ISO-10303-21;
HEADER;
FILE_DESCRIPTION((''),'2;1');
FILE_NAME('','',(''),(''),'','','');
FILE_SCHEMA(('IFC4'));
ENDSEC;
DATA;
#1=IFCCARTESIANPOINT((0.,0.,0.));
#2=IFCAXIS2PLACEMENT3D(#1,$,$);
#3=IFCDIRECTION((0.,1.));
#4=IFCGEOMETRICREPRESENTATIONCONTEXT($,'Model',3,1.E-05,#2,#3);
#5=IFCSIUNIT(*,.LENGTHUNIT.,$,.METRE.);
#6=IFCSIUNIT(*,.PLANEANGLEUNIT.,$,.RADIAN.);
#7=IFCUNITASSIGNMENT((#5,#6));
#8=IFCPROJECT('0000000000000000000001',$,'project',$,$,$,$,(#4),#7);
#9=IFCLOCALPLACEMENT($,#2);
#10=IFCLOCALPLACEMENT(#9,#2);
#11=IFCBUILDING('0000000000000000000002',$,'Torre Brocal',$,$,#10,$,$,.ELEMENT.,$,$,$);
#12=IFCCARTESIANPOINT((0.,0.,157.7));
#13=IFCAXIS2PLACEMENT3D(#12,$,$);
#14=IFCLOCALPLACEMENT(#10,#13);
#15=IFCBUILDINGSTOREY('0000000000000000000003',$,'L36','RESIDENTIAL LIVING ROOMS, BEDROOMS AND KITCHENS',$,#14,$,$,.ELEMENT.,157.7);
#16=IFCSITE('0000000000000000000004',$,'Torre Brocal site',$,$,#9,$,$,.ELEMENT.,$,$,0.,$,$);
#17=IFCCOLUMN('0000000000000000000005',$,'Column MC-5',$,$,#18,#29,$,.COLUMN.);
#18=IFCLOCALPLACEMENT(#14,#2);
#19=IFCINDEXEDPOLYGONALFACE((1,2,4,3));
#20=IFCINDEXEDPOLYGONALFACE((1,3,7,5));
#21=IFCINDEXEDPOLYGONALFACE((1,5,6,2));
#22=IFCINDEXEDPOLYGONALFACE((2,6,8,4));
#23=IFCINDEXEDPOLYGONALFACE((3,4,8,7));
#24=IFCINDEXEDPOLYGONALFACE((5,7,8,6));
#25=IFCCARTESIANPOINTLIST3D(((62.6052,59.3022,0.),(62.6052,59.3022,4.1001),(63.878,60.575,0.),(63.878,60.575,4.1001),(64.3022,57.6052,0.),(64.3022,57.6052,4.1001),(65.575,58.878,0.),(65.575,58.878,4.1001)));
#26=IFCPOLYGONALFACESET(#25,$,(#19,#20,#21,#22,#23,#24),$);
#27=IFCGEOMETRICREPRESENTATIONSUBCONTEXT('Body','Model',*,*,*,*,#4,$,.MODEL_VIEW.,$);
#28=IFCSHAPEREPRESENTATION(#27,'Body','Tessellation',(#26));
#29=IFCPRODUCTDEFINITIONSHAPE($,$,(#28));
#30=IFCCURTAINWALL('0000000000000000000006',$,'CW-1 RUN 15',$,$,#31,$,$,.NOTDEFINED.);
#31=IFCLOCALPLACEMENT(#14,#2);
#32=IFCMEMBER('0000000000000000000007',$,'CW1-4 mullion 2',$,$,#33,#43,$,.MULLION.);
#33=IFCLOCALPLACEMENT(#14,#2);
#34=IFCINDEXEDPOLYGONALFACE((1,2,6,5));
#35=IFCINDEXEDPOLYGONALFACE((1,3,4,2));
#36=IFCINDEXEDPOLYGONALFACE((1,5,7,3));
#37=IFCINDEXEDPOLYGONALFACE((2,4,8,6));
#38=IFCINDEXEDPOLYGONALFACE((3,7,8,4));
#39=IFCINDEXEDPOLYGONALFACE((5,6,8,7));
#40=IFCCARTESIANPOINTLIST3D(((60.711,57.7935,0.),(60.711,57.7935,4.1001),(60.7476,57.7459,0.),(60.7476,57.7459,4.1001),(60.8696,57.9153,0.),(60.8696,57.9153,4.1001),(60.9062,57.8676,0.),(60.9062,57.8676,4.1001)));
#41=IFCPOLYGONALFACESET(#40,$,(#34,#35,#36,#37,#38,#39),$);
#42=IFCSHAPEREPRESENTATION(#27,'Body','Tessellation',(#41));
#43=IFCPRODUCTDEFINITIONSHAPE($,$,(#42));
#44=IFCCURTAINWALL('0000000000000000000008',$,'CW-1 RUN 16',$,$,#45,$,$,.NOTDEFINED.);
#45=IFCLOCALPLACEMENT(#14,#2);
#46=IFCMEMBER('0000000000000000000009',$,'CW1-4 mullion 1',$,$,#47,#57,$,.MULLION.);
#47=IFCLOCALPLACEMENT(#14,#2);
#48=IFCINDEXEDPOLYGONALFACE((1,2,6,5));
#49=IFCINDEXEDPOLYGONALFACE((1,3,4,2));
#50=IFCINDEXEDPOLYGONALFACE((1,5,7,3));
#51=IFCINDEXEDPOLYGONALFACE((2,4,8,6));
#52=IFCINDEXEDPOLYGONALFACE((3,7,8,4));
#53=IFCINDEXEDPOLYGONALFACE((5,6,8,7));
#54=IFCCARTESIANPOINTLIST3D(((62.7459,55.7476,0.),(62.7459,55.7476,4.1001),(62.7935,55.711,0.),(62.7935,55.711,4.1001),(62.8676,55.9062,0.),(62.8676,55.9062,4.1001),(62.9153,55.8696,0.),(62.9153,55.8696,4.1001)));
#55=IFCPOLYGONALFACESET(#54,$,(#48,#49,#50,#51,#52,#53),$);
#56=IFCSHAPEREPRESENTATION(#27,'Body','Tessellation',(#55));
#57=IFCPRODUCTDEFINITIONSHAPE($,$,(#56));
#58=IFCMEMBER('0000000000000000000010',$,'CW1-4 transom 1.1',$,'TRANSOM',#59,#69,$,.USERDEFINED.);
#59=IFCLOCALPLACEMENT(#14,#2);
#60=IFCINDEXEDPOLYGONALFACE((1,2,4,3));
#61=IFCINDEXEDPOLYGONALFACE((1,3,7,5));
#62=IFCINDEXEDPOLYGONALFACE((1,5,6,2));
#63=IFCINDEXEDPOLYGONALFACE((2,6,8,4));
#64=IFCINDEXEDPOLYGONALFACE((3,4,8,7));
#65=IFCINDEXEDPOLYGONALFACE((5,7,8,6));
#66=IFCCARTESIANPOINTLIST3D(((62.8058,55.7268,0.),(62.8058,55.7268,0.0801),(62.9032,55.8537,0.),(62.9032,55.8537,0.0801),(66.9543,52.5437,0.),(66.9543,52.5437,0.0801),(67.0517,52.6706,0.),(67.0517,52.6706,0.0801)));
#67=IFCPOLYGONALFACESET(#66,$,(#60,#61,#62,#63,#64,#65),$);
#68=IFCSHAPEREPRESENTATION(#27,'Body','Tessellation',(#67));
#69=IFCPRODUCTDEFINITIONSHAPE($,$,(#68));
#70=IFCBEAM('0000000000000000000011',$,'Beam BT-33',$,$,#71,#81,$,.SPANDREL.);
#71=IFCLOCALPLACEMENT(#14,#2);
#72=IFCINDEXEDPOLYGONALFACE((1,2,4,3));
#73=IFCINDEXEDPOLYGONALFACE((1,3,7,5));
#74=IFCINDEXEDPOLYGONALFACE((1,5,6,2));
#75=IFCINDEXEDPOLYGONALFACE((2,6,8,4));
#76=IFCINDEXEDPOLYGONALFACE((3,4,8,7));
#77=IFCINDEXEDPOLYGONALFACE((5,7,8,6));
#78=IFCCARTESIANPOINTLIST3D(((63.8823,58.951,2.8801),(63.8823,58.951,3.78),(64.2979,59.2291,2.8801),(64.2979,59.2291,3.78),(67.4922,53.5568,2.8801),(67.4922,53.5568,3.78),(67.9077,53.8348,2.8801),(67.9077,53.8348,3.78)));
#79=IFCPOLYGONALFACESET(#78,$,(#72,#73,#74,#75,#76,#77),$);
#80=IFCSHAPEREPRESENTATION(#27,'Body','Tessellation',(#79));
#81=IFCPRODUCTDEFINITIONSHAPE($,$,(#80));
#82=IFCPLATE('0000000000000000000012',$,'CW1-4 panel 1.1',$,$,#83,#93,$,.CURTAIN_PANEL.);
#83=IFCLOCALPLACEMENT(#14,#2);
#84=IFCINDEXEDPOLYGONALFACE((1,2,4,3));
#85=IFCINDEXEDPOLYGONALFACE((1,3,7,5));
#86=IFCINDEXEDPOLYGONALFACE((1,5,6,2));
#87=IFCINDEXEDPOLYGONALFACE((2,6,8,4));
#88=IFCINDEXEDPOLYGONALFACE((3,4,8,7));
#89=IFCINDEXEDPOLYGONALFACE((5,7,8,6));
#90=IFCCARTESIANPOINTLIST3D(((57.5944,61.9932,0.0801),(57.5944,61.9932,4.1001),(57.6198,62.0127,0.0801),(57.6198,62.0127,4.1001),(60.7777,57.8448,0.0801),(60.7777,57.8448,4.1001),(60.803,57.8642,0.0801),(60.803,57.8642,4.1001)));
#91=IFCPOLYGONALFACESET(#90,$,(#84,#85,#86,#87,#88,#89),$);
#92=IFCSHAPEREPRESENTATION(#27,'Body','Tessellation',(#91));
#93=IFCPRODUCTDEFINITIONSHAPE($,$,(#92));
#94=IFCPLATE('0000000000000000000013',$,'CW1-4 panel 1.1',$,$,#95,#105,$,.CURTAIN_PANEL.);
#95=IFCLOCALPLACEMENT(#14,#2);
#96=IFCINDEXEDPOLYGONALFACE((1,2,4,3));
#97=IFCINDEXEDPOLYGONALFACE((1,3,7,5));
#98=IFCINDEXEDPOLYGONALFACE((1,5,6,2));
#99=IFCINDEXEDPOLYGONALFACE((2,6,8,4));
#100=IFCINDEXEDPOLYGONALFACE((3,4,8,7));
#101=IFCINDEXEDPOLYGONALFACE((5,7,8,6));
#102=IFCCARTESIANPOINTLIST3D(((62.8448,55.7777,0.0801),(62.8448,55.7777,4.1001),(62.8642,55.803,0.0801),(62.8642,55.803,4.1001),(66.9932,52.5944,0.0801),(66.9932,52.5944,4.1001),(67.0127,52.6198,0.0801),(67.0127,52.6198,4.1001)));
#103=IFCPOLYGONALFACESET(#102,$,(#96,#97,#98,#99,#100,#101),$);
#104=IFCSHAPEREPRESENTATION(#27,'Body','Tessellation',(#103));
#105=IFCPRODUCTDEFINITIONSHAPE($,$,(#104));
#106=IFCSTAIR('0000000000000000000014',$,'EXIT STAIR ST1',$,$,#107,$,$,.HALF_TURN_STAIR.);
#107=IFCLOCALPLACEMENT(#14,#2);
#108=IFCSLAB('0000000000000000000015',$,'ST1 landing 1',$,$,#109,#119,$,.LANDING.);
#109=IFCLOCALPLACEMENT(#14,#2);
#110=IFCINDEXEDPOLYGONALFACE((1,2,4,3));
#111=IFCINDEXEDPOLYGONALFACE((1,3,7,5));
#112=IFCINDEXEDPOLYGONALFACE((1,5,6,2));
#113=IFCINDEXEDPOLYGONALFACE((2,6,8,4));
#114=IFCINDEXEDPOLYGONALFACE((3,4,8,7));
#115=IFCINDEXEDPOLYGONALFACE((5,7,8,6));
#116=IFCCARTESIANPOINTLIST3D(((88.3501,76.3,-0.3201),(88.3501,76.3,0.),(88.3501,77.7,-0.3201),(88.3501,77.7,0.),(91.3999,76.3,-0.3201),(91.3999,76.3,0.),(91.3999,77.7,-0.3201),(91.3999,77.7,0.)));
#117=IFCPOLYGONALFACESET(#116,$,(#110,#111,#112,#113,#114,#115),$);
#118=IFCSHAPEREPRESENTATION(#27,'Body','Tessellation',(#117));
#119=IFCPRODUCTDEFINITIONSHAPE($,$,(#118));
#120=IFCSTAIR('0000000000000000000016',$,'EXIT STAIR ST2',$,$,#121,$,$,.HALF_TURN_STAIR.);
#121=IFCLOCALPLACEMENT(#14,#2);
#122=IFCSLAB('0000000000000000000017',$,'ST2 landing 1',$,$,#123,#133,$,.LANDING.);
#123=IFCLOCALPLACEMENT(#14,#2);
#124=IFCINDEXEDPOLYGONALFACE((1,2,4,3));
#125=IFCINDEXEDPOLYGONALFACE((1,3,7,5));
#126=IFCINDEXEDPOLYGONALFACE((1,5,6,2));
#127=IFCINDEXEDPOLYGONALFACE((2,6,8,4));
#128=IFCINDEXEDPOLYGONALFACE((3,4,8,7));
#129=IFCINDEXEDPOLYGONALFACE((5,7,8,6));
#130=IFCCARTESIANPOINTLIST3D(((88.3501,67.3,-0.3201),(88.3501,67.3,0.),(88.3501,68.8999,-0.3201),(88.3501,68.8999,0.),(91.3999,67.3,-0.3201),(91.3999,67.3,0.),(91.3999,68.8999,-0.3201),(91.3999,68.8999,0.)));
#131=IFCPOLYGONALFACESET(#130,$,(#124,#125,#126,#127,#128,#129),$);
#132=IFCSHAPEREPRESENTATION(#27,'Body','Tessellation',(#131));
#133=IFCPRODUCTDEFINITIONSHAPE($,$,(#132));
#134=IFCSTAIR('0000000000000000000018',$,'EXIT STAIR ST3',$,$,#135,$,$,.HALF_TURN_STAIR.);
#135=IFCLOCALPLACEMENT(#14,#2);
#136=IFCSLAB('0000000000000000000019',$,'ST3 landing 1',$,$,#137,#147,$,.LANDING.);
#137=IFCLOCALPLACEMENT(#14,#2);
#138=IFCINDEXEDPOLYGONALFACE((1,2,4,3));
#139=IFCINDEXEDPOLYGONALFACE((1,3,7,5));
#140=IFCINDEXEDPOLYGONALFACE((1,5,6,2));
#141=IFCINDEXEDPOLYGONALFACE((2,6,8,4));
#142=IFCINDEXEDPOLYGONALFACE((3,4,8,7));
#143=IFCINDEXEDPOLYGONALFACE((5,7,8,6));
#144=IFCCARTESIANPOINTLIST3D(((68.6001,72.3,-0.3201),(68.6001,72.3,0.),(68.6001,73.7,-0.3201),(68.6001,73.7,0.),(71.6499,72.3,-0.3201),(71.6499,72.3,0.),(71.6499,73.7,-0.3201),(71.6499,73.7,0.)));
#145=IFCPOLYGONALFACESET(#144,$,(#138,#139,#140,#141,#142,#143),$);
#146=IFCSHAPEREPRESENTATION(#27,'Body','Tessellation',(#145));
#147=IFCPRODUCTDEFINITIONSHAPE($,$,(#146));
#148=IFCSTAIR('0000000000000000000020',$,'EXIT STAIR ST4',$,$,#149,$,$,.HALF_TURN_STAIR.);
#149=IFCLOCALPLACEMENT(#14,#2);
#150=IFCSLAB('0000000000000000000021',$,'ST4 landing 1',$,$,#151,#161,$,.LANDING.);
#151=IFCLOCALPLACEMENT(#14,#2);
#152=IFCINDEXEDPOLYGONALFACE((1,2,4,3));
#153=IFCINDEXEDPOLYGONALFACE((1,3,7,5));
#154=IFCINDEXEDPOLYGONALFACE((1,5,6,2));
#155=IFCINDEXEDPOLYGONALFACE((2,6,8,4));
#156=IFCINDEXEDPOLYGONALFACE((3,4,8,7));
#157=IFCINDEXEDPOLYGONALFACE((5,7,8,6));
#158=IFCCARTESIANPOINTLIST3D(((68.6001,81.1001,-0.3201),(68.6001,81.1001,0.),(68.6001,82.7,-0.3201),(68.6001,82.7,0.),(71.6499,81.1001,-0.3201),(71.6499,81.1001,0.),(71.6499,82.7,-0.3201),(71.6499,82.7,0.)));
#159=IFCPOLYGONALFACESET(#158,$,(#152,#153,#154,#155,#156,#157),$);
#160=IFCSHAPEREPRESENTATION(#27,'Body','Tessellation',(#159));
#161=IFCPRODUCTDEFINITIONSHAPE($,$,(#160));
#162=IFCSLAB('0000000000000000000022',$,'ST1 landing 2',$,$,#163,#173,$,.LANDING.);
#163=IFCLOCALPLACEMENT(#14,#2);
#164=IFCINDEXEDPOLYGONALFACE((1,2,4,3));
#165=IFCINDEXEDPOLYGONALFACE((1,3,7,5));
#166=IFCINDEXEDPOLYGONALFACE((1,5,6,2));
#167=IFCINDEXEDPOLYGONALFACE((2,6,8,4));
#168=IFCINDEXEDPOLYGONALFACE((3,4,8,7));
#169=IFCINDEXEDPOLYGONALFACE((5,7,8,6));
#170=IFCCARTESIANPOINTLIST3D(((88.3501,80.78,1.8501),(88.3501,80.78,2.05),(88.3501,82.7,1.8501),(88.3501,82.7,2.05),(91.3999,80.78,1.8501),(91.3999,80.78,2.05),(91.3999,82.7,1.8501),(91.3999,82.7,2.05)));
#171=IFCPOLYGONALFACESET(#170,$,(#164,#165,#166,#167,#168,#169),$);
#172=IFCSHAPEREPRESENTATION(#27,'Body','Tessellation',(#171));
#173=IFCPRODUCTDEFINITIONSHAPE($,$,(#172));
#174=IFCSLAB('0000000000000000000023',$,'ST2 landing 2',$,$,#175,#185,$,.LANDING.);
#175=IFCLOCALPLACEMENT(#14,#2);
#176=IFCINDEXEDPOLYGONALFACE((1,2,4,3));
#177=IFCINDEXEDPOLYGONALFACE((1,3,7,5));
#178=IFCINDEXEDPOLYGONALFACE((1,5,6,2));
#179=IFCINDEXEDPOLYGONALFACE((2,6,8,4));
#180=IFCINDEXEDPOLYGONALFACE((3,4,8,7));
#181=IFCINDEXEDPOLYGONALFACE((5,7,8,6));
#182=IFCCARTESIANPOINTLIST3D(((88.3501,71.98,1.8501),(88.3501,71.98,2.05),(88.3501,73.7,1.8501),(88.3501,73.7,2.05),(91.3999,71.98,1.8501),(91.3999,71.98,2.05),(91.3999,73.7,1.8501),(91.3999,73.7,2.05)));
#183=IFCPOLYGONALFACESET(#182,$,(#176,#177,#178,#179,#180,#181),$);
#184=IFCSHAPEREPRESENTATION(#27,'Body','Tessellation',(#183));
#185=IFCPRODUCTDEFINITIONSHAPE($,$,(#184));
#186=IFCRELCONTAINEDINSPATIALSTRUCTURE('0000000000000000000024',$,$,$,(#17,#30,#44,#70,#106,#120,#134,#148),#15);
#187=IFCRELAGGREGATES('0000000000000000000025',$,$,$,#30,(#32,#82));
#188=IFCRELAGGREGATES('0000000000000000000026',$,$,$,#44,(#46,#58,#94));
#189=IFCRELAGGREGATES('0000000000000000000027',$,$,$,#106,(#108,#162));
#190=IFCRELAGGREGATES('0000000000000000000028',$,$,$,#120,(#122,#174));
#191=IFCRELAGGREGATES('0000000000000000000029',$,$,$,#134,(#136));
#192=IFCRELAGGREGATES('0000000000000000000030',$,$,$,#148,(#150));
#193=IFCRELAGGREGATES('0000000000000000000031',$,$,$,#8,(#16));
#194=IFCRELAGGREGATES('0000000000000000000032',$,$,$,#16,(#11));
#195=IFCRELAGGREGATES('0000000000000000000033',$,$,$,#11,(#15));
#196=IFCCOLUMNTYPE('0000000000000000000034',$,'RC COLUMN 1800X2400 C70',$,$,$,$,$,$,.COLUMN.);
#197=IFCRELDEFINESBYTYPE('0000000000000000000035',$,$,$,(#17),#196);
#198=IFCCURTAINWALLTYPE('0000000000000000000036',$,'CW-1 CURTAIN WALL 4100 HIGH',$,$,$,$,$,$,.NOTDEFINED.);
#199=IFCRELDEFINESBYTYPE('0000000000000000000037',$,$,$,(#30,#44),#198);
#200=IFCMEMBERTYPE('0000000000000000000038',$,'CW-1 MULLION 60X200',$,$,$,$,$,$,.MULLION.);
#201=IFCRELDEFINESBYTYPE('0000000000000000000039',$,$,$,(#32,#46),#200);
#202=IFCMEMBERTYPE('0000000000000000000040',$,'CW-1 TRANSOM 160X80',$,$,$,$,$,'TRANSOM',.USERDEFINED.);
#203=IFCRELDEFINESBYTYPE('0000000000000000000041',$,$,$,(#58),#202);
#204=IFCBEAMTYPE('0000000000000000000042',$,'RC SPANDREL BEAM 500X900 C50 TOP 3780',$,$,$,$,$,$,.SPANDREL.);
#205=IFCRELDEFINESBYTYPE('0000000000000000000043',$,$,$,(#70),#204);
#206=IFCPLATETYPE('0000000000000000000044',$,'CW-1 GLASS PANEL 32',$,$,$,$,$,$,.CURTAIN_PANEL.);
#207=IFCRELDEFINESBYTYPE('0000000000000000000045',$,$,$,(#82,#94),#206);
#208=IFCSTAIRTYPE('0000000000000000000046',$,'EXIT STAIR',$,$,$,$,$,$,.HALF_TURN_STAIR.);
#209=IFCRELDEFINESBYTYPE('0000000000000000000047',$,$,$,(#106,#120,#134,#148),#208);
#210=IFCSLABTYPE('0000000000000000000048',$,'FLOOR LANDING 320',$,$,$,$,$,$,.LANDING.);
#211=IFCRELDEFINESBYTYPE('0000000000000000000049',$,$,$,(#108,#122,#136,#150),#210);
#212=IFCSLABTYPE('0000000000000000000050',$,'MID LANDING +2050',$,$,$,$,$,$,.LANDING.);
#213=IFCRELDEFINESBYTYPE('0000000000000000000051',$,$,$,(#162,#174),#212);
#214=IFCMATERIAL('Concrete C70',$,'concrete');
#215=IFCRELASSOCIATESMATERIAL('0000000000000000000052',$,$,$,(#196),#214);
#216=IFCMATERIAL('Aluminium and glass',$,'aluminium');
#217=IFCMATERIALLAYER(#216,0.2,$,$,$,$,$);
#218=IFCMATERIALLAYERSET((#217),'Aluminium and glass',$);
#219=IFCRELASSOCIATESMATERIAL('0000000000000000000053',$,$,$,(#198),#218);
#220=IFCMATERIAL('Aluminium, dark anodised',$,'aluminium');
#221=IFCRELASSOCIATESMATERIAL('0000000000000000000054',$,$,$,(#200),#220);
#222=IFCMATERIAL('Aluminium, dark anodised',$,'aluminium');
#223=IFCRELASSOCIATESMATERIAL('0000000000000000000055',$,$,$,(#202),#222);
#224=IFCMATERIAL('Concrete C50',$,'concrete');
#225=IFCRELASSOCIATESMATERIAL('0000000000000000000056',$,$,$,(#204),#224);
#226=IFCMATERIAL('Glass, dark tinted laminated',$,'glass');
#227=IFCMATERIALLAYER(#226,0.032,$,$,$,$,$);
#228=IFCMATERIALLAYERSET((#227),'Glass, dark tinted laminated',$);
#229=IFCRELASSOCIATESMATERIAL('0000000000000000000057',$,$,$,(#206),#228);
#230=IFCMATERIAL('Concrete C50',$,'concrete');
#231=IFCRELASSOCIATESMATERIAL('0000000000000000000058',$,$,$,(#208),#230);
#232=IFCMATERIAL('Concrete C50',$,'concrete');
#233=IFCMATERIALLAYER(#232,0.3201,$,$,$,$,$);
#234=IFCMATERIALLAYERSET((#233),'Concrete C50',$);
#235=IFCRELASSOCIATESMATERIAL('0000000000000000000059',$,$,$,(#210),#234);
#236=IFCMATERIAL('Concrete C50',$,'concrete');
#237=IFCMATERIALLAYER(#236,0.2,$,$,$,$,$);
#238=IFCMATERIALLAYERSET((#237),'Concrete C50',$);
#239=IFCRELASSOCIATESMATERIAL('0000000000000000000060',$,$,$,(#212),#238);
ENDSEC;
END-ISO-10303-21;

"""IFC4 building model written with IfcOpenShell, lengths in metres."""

from ifc_helpers import new_model, si_unit, direction, frame, origin, origin_2d, place, context, subcontext, project, spatial, polyline, rectangle, outline, extrude, material, layer, layer_set, material_profile, profile_set, type_object, element, aggregate, save


model = new_model("IFC4")

# Units and contexts
model_context = context("Model", 3, precision=1e-05, world=origin(), true_north=direction((0.0, 1.0)))
body_context = subcontext(model_context, "Body", "Model", "MODEL_VIEW")
ifc_project = project(units=[si_unit("LENGTHUNIT", "METRE"), si_unit("PLANEANGLEUNIT", "RADIAN")], contexts=[model_context])

# Site, building, storey
site_placement = place(None, origin())
site = spatial("IfcSite", under=ifc_project, at=site_placement, Name="Torre Brocal site", CompositionType="ELEMENT", RefElevation=0.0)
building_placement = place(site_placement, origin())
building = spatial("IfcBuilding", under=site, at=building_placement, Name="Torre Brocal", CompositionType="ELEMENT")
storey_placement = place(building_placement, frame((0.0, 0.0, 157.7)))
storey = spatial("IfcBuildingStorey", under=building, at=storey_placement, Name="L36", Description="RESIDENTIAL LIVING ROOMS, BEDROOMS AND KITCHENS", CompositionType="ELEMENT", Elevation=157.7)

# Column
ifc_material_1 = material(Name="Concrete C70", Category="concrete")
ifc_material_profile_1 = material_profile(ifc_material_1, rectangle(XDim=1.8, YDim=2.3999, at=origin_2d()), Name="RC 1800X2400")
ifc_profile_set_1 = profile_set([ifc_material_profile_1], Name="Concrete C70")
column_type = type_object("IfcColumnType", Name="RC COLUMN 1800X2400 C70", PredefinedType="COLUMN", material=ifc_profile_set_1)
column_placement = place(storey_placement, frame((64.0901, 59.0901, 0.0), z_axis=(0.0, 0.0, 1.0), x_axis=(-0.707107, -0.707107, 0.0)))
element("IfcColumn", 1, at=column_placement, inside=storey, type_object=column_type, Name="Column MC-5", PredefinedType="COLUMN", context=body_context, shape_type="SweptSolid", body=[
    extrude(rectangle(XDim=1.8, YDim=2.3999, at=origin_2d()), origin(), (0.0, 0.0, 1.0), 4.1001),
])

# Curtain wall, member
ifc_material_2 = material(Name="Aluminium and glass", Category="aluminium")
ifc_layer_1 = layer(ifc_material_2, 0.2)
ifc_layer_set_1 = layer_set([ifc_layer_1], Name="Aluminium and glass")
curtain_wall_type = type_object("IfcCurtainWallType", Name="CW-1 CURTAIN WALL 4100 HIGH", PredefinedType="NOTDEFINED", material=ifc_layer_set_1)
curtain_wall_1_placement = place(storey_placement, origin())
curtain_wall_1 = element("IfcCurtainWall", 2, at=curtain_wall_1_placement, inside=storey, type_object=curtain_wall_type, Name="CW-1 RUN 15", PredefinedType="NOTDEFINED")
ifc_material_3 = material(Name="Aluminium, dark anodised", Category="aluminium")
ifc_material_profile_2 = material_profile(ifc_material_3, rectangle(XDim=0.2, YDim=0.0601, at=origin_2d()), Name="CW-1 MULLION 60X200")
ifc_profile_set_2 = profile_set([ifc_material_profile_2], Name="Aluminium, dark anodised")
member_type_1 = type_object("IfcMemberType", Name="CW-1 MULLION 60X200", PredefinedType="MULLION", material=ifc_profile_set_2)
member_1_placement = place(storey_placement, frame((60.8086, 57.8306, 0.0), z_axis=(0.0, 0.0, 1.0), x_axis=(0.793353, 0.608761, 0.0)))
member_1 = element("IfcMember", 3, at=member_1_placement, type_object=member_type_1, Name="CW1-4 mullion 2", PredefinedType="MULLION", context=body_context, shape_type="SweptSolid", body=[
    extrude(rectangle(XDim=0.2, YDim=0.0601, at=origin_2d()), origin(), (0.0, 0.0, 1.0), 4.1001),
])

# Curtain wall, members
curtain_wall_2_placement = place(storey_placement, origin())
curtain_wall_2 = element("IfcCurtainWall", 4, at=curtain_wall_2_placement, inside=storey, type_object=curtain_wall_type, Name="CW-1 RUN 16", PredefinedType="NOTDEFINED")
member_2_placement = place(storey_placement, frame((62.8306, 55.8086, 0.0), z_axis=(0.0, 0.0, 1.0), x_axis=(0.608761, 0.793353, 0.0)))
member_2 = element("IfcMember", 5, at=member_2_placement, type_object=member_type_1, Name="CW1-4 mullion 1", PredefinedType="MULLION", context=body_context, shape_type="SweptSolid", body=[
    extrude(rectangle(XDim=0.2, YDim=0.0601, at=origin_2d()), origin(), (0.0, 0.0, 1.0), 4.1001),
])
ifc_material_4 = material(Name="Aluminium, dark anodised", Category="aluminium")
ifc_material_profile_3 = material_profile(ifc_material_4, rectangle(XDim=0.1599, YDim=0.0801, at=origin_2d()), Name="CW-1 TRANSOM 160X80")
ifc_profile_set_3 = profile_set([ifc_material_profile_3], Name="Aluminium, dark anodised")
member_type_2 = type_object("IfcMemberType", Name="CW-1 TRANSOM 160X80", ElementType="TRANSOM", PredefinedType="USERDEFINED", material=ifc_profile_set_3)
member_3_placement = place(storey_placement, frame((62.8545, 55.7903, 0.04), z_axis=(0.793363, -0.608749, 0.0), x_axis=(0.608749, 0.793363, 0.0)))
member_3 = element("IfcMember", 6, at=member_3_placement, type_object=member_type_2, Name="CW1-4 transom 1.1", ObjectType="TRANSOM", PredefinedType="USERDEFINED", context=body_context, shape_type="SweptSolid", body=[
    extrude(rectangle(XDim=0.1599, YDim=0.0801, at=origin_2d()), origin(), (0.0, 0.0, 1.0), 5.229),
])

# Beam
ifc_material_5 = material(Name="Concrete C50", Category="concrete")
ifc_material_profile_4 = material_profile(ifc_material_5, rectangle(XDim=0.5, YDim=0.8999, at=origin_2d()), Name="RC 500X900")
ifc_profile_set_4 = profile_set([ifc_material_profile_4], Name="Concrete C50")
beam_type = type_object("IfcBeamType", Name="RC SPANDREL BEAM 500X900 C50 TOP 3780", PredefinedType="SPANDREL", material=ifc_profile_set_4)
beam_placement = place(storey_placement, frame((64.0901, 59.0901, 3.3301), z_axis=(0.556158, -0.831077, 0.0), x_axis=(0.831077, 0.556158, 0.0)))
element("IfcBeam", 7, at=beam_placement, inside=storey, type_object=beam_type, Name="Beam BT-33", PredefinedType="SPANDREL", context=body_context, shape_type="SweptSolid", body=[
    extrude(rectangle(XDim=0.5, YDim=0.8999, at=origin_2d()), origin(), (0.0, 0.0, 1.0), 6.4907),
])

# Plates
ifc_material_6 = material(Name="Glass, dark tinted laminated", Category="glass")
ifc_layer_2 = layer(ifc_material_6, 0.032)
ifc_layer_set_2 = layer_set([ifc_layer_2], Name="Glass, dark tinted laminated")
plate_type = type_object("IfcPlateType", Name="CW-1 GLASS PANEL 32", PredefinedType="CURTAIN_PANEL", material=ifc_layer_set_2)
plate_1_placement = place(storey_placement, frame((59.1987, 59.9287, 0.0801), z_axis=(0.0, 0.0, 1.0), x_axis=(0.608761, -0.793353, 0.0)))
plate_1 = element("IfcPlate", 8, at=plate_1_placement, type_object=plate_type, Name="CW1-4 panel 1.1", PredefinedType="CURTAIN_PANEL", context=body_context, shape_type="SweptSolid", body=[
    extrude(rectangle(XDim=5.229, YDim=0.032, at=origin_2d()), origin(), (0.0, 0.0, 1.0), 4.02),
])
aggregate(curtain_wall_1, [member_1, plate_1])
plate_2_placement = place(storey_placement, frame((64.9287, 54.1987, 0.0801), z_axis=(0.0, 0.0, 1.0), x_axis=(0.793353, -0.608761, 0.0)))
plate_2 = element("IfcPlate", 9, at=plate_2_placement, type_object=plate_type, Name="CW1-4 panel 1.1", PredefinedType="CURTAIN_PANEL", context=body_context, shape_type="SweptSolid", body=[
    extrude(rectangle(XDim=5.229, YDim=0.032, at=origin_2d()), origin(), (0.0, 0.0, 1.0), 4.02),
])
aggregate(curtain_wall_2, [member_2, member_3, plate_2])

# Stairs, slabs
ifc_material_7 = material(Name="Concrete C50", Category="concrete")
stair_type = type_object("IfcStairType", Name="EXIT STAIR", PredefinedType="HALF_TURN_STAIR", material=ifc_material_7)
stair_1_placement = place(storey_placement, origin())
stair_1 = element("IfcStair", 10, at=stair_1_placement, inside=storey, type_object=stair_type, Name="EXIT STAIR ST1", PredefinedType="HALF_TURN_STAIR")
ifc_material_8 = material(Name="Concrete C50", Category="concrete")
ifc_layer_3 = layer(ifc_material_8, 0.3201)
ifc_layer_set_3 = layer_set([ifc_layer_3], Name="Concrete C50")
slab_type_1 = type_object("IfcSlabType", Name="FLOOR LANDING 320", PredefinedType="LANDING", material=ifc_layer_set_3)
slab_1_placement = place(storey_placement, frame((0.0, 0.0, -0.3201)))
slab_1 = element("IfcSlab", 11, at=slab_1_placement, type_object=slab_type_1, Name="ST1 landing 1", PredefinedType="LANDING", context=body_context, shape_type="SweptSolid", body=[
    extrude(outline(polyline([(88.3501, 76.3), (91.3999, 76.3), (91.3999, 77.7), (88.3501, 77.7), (88.3501, 76.3)])), origin(), (0.0, 0.0, 1.0), 0.3201),
])
stair_2_placement = place(storey_placement, origin())
stair_2 = element("IfcStair", 12, at=stair_2_placement, inside=storey, type_object=stair_type, Name="EXIT STAIR ST2", PredefinedType="HALF_TURN_STAIR")
slab_2_placement = place(storey_placement, frame((0.0, 0.0, -0.3201)))
slab_2 = element("IfcSlab", 13, at=slab_2_placement, type_object=slab_type_1, Name="ST2 landing 1", PredefinedType="LANDING", context=body_context, shape_type="SweptSolid", body=[
    extrude(outline(polyline([(88.3501, 67.3), (91.3999, 67.3), (91.3999, 68.8999), (88.3501, 68.8999), (88.3501, 67.3)])), origin(), (0.0, 0.0, 1.0), 0.3201),
])
stair_3_placement = place(storey_placement, origin())
stair_3 = element("IfcStair", 14, at=stair_3_placement, inside=storey, type_object=stair_type, Name="EXIT STAIR ST3", PredefinedType="HALF_TURN_STAIR")
slab_3_placement = place(storey_placement, frame((0.0, 0.0, -0.3201)))
slab_3 = element("IfcSlab", 15, at=slab_3_placement, type_object=slab_type_1, Name="ST3 landing 1", PredefinedType="LANDING", context=body_context, shape_type="SweptSolid", body=[
    extrude(outline(polyline([(71.6499, 73.7), (68.6001, 73.7), (68.6001, 72.3), (71.6499, 72.3), (71.6499, 73.7)])), origin(), (0.0, 0.0, 1.0), 0.3201),
])
stair_4_placement = place(storey_placement, origin())
stair_4 = element("IfcStair", 16, at=stair_4_placement, inside=storey, type_object=stair_type, Name="EXIT STAIR ST4", PredefinedType="HALF_TURN_STAIR")
slab_4_placement = place(storey_placement, frame((0.0, 0.0, -0.3201)))
slab_4 = element("IfcSlab", 17, at=slab_4_placement, type_object=slab_type_1, Name="ST4 landing 1", PredefinedType="LANDING", context=body_context, shape_type="SweptSolid", body=[
    extrude(outline(polyline([(71.6499, 82.7), (68.6001, 82.7), (68.6001, 81.1001), (71.6499, 81.1001), (71.6499, 82.7)])), origin(), (0.0, 0.0, 1.0), 0.3201),
])

# Slabs
ifc_material_9 = material(Name="Concrete C50", Category="concrete")
ifc_layer_4 = layer(ifc_material_9, 0.2)
ifc_layer_set_4 = layer_set([ifc_layer_4], Name="Concrete C50")
slab_type_2 = type_object("IfcSlabType", Name="MID LANDING +2050", PredefinedType="LANDING", material=ifc_layer_set_4)
slab_5_placement = place(storey_placement, frame((0.0, 0.0, 1.8501)))
slab_5 = element("IfcSlab", 18, at=slab_5_placement, type_object=slab_type_2, Name="ST1 landing 2", PredefinedType="LANDING", context=body_context, shape_type="SweptSolid", body=[
    extrude(outline(polyline([(88.3501, 80.78), (91.3999, 80.78), (91.3999, 82.7), (88.3501, 82.7), (88.3501, 80.78)])), origin(), (0.0, 0.0, 1.0), 0.2),
])
aggregate(stair_1, [slab_1, slab_5])
slab_6_placement = place(storey_placement, frame((0.0, 0.0, 1.8501)))
slab_6 = element("IfcSlab", 19, at=slab_6_placement, type_object=slab_type_2, Name="ST2 landing 2", PredefinedType="LANDING", context=body_context, shape_type="SweptSolid", body=[
    extrude(outline(polyline([(88.3501, 71.98), (91.3999, 71.98), (91.3999, 73.7), (88.3501, 73.7), (88.3501, 71.98)])), origin(), (0.0, 0.0, 1.0), 0.2),
])
aggregate(stair_2, [slab_2, slab_6])
aggregate(stair_3, [slab_3])
aggregate(stair_4, [slab_4])

save(model, "model.ifc")
